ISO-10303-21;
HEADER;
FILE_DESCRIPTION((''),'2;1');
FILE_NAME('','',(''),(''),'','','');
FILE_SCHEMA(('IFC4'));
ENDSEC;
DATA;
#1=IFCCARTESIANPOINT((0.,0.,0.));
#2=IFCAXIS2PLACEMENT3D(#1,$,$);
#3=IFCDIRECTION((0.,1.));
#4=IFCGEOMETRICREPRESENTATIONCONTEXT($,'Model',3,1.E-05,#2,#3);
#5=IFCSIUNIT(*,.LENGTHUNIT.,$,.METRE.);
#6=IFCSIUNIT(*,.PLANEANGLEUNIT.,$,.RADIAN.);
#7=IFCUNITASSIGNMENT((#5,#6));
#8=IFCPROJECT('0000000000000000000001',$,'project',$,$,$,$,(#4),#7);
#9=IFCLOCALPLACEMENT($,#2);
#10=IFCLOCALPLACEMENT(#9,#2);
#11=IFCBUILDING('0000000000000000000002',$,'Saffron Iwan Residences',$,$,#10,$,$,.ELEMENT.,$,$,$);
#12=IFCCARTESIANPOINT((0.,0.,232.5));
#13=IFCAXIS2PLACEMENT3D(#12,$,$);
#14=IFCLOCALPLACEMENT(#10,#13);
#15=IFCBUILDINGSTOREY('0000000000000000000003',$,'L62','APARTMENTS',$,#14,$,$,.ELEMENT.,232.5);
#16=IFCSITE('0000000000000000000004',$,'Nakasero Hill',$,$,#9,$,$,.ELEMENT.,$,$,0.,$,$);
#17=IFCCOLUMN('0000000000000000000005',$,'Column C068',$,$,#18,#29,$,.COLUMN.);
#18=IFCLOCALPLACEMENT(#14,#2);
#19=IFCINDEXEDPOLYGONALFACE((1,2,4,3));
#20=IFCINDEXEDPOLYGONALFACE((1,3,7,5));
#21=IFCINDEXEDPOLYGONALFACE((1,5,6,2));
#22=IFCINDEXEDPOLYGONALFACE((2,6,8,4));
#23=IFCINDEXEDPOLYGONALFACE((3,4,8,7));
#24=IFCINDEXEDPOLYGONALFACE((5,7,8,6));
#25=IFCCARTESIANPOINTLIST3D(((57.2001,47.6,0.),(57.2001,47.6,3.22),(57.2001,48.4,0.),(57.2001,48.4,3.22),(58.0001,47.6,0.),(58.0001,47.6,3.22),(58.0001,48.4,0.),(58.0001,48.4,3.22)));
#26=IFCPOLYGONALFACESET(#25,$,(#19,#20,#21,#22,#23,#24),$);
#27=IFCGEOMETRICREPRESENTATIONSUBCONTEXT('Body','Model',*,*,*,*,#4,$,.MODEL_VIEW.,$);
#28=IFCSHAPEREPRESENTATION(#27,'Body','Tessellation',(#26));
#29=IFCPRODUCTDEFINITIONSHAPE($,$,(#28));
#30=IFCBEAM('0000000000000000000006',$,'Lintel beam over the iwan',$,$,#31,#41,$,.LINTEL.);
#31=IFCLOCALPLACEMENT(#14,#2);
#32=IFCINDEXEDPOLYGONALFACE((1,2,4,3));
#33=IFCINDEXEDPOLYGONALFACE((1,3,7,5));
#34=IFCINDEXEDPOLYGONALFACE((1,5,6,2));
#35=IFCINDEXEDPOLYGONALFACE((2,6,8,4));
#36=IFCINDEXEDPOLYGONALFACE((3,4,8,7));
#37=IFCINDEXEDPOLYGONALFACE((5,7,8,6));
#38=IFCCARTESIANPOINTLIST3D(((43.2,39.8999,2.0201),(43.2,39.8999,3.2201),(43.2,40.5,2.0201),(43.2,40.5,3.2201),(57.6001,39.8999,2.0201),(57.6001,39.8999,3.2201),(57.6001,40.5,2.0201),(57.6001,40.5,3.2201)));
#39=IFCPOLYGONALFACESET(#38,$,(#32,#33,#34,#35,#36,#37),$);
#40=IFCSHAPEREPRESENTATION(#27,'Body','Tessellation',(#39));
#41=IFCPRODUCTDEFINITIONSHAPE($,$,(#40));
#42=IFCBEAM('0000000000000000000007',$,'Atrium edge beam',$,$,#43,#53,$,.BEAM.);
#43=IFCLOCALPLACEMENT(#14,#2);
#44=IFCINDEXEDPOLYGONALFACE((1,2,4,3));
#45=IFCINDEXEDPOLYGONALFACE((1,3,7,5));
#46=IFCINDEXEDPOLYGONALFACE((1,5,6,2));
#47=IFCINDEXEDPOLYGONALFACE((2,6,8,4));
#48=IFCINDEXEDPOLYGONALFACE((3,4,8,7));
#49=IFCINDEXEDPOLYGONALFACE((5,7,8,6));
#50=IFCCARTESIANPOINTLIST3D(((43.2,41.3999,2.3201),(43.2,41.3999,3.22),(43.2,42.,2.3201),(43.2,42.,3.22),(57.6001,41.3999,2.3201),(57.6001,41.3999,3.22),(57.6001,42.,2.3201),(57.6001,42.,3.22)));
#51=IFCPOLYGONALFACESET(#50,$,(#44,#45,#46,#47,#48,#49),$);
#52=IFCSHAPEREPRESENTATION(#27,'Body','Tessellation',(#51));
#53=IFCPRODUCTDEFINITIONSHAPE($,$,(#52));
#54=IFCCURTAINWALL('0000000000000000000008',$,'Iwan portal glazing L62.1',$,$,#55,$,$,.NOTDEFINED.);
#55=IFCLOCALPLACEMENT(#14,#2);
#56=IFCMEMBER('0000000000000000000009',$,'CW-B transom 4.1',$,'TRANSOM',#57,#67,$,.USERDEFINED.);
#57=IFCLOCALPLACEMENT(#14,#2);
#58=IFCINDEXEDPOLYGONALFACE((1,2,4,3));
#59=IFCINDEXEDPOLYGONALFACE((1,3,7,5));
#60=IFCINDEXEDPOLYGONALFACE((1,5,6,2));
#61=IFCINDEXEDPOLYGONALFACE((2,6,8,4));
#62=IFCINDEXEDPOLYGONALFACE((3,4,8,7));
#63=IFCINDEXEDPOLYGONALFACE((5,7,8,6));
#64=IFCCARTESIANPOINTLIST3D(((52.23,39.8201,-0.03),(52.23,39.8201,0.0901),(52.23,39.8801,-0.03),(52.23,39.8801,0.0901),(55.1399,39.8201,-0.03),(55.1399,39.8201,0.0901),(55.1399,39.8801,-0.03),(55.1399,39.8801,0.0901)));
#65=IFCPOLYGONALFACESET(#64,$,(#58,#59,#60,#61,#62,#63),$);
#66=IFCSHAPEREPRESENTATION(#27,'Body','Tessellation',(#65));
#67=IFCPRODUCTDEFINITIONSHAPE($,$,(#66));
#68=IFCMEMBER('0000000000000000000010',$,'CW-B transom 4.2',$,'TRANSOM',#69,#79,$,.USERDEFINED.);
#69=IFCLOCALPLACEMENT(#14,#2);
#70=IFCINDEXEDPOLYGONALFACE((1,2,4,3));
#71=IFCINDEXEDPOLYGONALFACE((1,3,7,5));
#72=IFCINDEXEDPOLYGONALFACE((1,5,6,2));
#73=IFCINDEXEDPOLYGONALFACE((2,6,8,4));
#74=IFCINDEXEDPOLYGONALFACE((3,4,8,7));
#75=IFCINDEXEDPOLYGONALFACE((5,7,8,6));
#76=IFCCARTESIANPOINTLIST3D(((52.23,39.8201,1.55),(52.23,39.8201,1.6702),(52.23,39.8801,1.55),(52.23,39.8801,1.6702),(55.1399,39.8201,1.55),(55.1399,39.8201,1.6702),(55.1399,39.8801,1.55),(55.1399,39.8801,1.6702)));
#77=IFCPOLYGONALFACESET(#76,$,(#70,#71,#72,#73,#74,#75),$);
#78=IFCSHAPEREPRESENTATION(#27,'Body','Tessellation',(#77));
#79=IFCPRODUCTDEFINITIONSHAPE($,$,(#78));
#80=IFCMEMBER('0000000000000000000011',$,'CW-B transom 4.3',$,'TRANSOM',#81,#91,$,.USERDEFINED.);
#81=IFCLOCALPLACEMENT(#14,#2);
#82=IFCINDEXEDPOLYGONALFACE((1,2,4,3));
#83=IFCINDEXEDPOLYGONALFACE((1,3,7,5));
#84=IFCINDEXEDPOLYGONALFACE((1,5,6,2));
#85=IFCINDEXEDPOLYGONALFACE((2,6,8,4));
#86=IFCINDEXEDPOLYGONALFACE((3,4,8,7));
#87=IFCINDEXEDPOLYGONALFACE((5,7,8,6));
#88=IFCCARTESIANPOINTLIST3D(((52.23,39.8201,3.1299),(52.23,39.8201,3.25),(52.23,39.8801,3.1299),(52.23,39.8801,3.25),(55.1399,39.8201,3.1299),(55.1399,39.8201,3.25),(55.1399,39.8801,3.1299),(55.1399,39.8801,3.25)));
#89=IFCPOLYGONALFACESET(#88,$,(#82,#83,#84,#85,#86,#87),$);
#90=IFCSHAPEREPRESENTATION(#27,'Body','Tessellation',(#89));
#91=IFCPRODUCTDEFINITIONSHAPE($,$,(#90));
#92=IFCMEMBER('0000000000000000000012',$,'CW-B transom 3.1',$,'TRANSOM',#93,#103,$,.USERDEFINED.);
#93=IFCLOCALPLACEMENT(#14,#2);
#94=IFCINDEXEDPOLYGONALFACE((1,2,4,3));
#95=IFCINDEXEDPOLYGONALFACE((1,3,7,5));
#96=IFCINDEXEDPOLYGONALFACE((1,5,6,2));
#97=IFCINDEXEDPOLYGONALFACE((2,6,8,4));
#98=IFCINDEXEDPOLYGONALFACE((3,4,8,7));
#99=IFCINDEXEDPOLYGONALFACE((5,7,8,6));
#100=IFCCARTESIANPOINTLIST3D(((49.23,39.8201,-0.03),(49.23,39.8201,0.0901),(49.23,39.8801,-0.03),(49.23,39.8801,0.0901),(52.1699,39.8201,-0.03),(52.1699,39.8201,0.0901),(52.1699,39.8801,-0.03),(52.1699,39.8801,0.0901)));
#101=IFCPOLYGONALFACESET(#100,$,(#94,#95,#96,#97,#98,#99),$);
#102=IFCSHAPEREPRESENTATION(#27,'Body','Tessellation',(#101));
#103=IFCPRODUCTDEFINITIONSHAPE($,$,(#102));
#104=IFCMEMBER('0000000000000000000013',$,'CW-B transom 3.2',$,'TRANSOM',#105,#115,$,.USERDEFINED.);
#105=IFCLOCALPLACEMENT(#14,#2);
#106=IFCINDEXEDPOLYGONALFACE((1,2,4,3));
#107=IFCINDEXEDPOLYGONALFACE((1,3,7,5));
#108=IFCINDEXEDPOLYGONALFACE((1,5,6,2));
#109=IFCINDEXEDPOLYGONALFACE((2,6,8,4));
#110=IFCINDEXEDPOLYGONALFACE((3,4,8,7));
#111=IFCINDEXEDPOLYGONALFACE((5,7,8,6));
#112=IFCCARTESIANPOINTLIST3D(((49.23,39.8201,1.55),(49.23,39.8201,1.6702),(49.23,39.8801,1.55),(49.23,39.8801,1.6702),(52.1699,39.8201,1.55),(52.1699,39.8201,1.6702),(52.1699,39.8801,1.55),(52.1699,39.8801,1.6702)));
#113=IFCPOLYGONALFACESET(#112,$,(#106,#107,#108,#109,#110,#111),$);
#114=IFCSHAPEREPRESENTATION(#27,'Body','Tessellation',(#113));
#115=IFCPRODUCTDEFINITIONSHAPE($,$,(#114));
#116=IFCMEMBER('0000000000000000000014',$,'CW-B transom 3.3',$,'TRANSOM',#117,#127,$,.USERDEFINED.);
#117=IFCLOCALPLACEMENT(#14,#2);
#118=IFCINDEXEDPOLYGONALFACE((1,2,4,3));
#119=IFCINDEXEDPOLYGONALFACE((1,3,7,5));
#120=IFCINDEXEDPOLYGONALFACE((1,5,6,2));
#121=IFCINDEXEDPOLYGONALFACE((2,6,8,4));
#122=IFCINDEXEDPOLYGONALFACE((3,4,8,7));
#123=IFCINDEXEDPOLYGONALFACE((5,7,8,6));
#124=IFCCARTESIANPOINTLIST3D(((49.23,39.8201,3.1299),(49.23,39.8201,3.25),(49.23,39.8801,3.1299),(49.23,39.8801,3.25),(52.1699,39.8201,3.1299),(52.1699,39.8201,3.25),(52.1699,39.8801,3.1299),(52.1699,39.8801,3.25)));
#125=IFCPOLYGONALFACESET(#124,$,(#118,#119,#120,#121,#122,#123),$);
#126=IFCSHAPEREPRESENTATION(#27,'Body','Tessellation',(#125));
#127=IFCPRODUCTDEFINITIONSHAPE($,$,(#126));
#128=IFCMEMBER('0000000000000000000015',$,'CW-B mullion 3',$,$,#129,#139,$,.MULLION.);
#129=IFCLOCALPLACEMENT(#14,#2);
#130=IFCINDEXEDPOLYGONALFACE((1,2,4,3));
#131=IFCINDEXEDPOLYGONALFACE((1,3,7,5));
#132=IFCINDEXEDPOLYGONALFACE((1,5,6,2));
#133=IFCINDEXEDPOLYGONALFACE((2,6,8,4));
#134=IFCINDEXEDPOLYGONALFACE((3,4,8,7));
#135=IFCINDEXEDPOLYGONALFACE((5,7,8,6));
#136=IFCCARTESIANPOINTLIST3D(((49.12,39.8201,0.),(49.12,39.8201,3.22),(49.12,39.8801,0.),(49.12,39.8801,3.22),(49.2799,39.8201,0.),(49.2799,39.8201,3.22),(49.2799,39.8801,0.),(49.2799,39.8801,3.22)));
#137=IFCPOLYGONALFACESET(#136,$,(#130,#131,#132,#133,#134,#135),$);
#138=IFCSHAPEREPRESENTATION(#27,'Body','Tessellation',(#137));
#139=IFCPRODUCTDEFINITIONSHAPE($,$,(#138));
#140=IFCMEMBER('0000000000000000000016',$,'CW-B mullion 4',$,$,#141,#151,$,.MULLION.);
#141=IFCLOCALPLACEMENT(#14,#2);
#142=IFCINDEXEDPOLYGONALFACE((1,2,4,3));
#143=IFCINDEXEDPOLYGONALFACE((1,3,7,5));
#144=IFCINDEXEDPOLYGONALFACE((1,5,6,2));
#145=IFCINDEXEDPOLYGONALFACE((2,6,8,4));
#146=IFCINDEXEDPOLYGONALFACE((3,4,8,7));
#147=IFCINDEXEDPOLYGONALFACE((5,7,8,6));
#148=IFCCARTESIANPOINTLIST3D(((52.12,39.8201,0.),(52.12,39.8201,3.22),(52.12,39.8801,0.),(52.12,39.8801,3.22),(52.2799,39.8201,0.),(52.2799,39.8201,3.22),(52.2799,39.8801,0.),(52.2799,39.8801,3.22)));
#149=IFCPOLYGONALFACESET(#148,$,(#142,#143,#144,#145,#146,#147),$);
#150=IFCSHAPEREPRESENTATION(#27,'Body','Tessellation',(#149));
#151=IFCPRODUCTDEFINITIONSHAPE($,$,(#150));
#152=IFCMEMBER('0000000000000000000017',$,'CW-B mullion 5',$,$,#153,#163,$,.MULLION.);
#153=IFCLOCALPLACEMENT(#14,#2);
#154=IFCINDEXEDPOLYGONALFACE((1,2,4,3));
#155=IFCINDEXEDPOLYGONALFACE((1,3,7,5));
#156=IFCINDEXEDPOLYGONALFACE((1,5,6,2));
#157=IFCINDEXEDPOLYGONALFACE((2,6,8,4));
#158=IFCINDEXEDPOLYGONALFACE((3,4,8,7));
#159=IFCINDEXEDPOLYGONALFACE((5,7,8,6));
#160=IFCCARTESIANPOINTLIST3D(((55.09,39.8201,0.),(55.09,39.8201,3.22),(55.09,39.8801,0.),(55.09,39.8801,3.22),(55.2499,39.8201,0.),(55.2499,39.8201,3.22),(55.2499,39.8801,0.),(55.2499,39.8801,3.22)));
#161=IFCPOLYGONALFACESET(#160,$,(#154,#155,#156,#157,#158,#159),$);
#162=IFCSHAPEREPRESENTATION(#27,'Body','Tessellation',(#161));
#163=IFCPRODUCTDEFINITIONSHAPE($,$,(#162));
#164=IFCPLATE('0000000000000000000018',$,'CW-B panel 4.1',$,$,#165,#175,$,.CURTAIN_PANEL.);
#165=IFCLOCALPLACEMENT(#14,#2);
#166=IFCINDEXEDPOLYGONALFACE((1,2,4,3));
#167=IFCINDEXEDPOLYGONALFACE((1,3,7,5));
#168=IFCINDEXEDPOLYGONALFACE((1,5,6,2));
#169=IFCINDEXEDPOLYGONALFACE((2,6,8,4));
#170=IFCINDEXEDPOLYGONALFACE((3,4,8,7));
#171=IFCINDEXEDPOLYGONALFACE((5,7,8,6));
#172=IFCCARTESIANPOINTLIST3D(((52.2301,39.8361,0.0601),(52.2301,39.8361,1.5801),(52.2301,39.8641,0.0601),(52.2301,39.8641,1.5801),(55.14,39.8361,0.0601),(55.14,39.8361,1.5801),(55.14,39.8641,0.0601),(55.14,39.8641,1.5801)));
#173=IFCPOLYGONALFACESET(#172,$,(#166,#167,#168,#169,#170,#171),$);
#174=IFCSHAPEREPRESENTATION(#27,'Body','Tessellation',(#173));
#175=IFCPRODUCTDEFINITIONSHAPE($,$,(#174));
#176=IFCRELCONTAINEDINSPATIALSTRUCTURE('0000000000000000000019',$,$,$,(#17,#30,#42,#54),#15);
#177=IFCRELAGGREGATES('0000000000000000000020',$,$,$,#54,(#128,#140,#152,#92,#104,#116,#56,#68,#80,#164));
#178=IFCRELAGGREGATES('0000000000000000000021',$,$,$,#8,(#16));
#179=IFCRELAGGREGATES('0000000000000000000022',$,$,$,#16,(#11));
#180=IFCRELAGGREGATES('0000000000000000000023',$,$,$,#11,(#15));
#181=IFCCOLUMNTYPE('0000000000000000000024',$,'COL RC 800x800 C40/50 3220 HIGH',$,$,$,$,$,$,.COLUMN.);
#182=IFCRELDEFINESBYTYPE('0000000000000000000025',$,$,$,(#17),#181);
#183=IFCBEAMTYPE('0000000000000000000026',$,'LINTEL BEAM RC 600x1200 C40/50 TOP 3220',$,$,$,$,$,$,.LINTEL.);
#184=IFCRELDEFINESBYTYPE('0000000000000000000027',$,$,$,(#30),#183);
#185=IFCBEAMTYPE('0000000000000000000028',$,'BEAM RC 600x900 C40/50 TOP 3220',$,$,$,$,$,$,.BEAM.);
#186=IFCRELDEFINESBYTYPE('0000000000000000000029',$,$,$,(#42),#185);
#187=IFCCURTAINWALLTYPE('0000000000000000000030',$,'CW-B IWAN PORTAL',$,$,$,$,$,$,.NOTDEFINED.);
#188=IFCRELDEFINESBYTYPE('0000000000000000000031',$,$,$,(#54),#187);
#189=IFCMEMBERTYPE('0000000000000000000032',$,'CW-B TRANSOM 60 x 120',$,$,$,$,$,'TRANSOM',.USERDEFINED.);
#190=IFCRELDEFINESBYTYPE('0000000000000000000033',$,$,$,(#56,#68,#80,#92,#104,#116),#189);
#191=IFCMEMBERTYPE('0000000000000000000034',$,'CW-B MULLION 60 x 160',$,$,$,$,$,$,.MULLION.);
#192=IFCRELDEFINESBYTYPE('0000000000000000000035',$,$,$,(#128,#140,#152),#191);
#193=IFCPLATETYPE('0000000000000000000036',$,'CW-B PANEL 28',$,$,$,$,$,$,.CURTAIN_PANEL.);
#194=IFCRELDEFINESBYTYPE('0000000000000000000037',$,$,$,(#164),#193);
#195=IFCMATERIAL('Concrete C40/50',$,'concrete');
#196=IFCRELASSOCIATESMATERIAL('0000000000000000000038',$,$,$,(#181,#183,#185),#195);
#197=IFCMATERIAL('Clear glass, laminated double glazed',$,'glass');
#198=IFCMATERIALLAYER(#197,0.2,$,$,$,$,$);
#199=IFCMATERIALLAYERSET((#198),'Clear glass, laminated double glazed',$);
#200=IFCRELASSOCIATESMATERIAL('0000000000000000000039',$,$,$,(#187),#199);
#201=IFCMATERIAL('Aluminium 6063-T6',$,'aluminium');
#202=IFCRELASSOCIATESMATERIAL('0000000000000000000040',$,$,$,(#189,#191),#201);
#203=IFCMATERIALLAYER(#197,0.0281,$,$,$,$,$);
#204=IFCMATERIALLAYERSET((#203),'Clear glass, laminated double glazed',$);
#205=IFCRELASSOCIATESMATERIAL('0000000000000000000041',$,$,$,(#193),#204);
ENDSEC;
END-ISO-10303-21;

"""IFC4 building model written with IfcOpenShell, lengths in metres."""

from ifc_helpers import new_model, si_unit, direction, frame, origin, origin_2d, place, context, subcontext, project, spatial, rectangle, extrude, source, transform, mapped, material, layer, layer_set, material_profile, profile_set, type_object, element, aggregate, save


model = new_model("IFC4")

# Units and contexts
model_context = context("Model", 3, precision=1e-05, world=origin(), true_north=direction((0.0, 1.0)))
body_context = subcontext(model_context, "Body", "Model", "MODEL_VIEW")
ifc_project = project(units=[si_unit("LENGTHUNIT", "METRE"), si_unit("PLANEANGLEUNIT", "RADIAN")], contexts=[model_context])

# Site, building, storey
site_placement = place(None, origin())
site = spatial("IfcSite", under=ifc_project, at=site_placement, Name="Nakasero Hill", CompositionType="ELEMENT", RefElevation=0.0)
building_placement = place(site_placement, origin())
building = spatial("IfcBuilding", under=site, at=building_placement, Name="Saffron Iwan Residences", CompositionType="ELEMENT")
storey_placement = place(building_placement, frame((0.0, 0.0, 232.5)))
storey = spatial("IfcBuildingStorey", under=building, at=storey_placement, Name="L62", Description="APARTMENTS", CompositionType="ELEMENT", Elevation=232.5)

# Column
ifc_material_1 = material(Name="Concrete C40/50", Category="concrete")
ifc_material_profile_1 = material_profile(ifc_material_1, rectangle(XDim=0.8, YDim=0.8, at=origin_2d()), Name="RC 800x800")
ifc_profile_set_1 = profile_set([ifc_material_profile_1], Name="Concrete C40/50")
column_type = type_object("IfcColumnType", Name="COL RC 800x800 C40/50 3220 HIGH", PredefinedType="COLUMN", material=ifc_profile_set_1)
shared_shape_1 = source(origin(), body_context, "Body", "SweptSolid", [
    extrude(rectangle(XDim=0.8, YDim=0.8, at=origin_2d()), origin(), (0.0, 0.0, 1.0), 3.22),
])
column_placement = place(storey_placement, frame((57.6001, 48.0, 0.0), z_axis=(0.0, 0.0, 1.0), x_axis=(1.0, 0.0, 0.0)))
element("IfcColumn", 1, at=column_placement, inside=storey, type_object=column_type, Name="Column C068", PredefinedType="COLUMN", context=body_context, shape_type="MappedRepresentation", body=[
    mapped(shared_shape_1, transform((0.0, 0.0, 0.0))),
])

# Beams
ifc_material_profile_2 = material_profile(ifc_material_1, rectangle(XDim=0.6001, YDim=1.2, at=origin_2d()), Name="RC 600x1200")
ifc_profile_set_2 = profile_set([ifc_material_profile_2], Name="Concrete C40/50")
beam_type_1 = type_object("IfcBeamType", Name="LINTEL BEAM RC 600x1200 C40/50 TOP 3220", PredefinedType="LINTEL", material=ifc_profile_set_2)
shared_shape_2 = source(origin(), body_context, "Body", "SweptSolid", [
    extrude(rectangle(XDim=0.6001, YDim=1.2, at=origin_2d()), origin(), (0.0, 0.0, 1.0), 14.4001),
])
beam_1_placement = place(storey_placement, frame((57.6001, 40.2, 2.6201), z_axis=(-1.0, 0.0, 0.0), x_axis=(0.0, -1.0, 0.0)))
element("IfcBeam", 2, at=beam_1_placement, inside=storey, type_object=beam_type_1, Name="Lintel beam over the iwan", PredefinedType="LINTEL", context=body_context, shape_type="MappedRepresentation", body=[
    mapped(shared_shape_2, transform((0.0, 0.0, 0.0))),
])
ifc_material_profile_3 = material_profile(ifc_material_1, rectangle(XDim=0.6001, YDim=0.8999, at=origin_2d()), Name="RC 600x900")
ifc_profile_set_3 = profile_set([ifc_material_profile_3], Name="Concrete C40/50")
beam_type_2 = type_object("IfcBeamType", Name="BEAM RC 600x900 C40/50 TOP 3220", PredefinedType="BEAM", material=ifc_profile_set_3)
shared_shape_3 = source(origin(), body_context, "Body", "SweptSolid", [
    extrude(rectangle(XDim=0.6001, YDim=0.8999, at=origin_2d()), origin(), (0.0, 0.0, 1.0), 14.4001),
])
beam_2_placement = place(storey_placement, frame((57.6001, 41.7, 2.77), z_axis=(-1.0, 0.0, 0.0), x_axis=(0.0, -1.0, 0.0)))
element("IfcBeam", 3, at=beam_2_placement, inside=storey, type_object=beam_type_2, Name="Atrium edge beam", PredefinedType="BEAM", context=body_context, shape_type="MappedRepresentation", body=[
    mapped(shared_shape_3, transform((0.0, 0.0, 0.0))),
])

# Curtain wall, members, plate
ifc_material_2 = material(Name="Clear glass, laminated double glazed", Category="glass")
ifc_layer_1 = layer(ifc_material_2, 0.2)
ifc_layer_set_1 = layer_set([ifc_layer_1], Name="Clear glass, laminated double glazed")
curtain_wall_type = type_object("IfcCurtainWallType", Name="CW-B IWAN PORTAL", PredefinedType="NOTDEFINED", material=ifc_layer_set_1)
curtain_wall_placement = place(storey_placement, origin())
curtain_wall = element("IfcCurtainWall", 4, at=curtain_wall_placement, inside=storey, type_object=curtain_wall_type, Name="Iwan portal glazing L62.1", PredefinedType="NOTDEFINED")
ifc_material_3 = material(Name="Aluminium 6063-T6", Category="aluminium")
ifc_material_profile_4 = material_profile(ifc_material_3, rectangle(XDim=0.0601, YDim=0.1201, at=origin_2d()), Name="CW-B TRANSOM 60 x 120")
ifc_profile_set_4 = profile_set([ifc_material_profile_4], Name="Aluminium 6063-T6")
member_type_1 = type_object("IfcMemberType", Name="CW-B TRANSOM 60 x 120", ElementType="TRANSOM", PredefinedType="USERDEFINED", material=ifc_profile_set_4)
shared_shape_4 = source(origin(), body_context, "Body", "SweptSolid", [
    extrude(rectangle(XDim=0.0601, YDim=0.1201, at=origin_2d()), origin(), (0.0, 0.0, 1.0), 2.9099),
])
member_1_placement = place(storey_placement, frame((52.23, 39.8501, 0.03), z_axis=(1.0, 0.0, 0.0), x_axis=(0.0, 1.0, 0.0)))
member_1 = element("IfcMember", 5, at=member_1_placement, type_object=member_type_1, Name="CW-B transom 4.1", ObjectType="TRANSOM", PredefinedType="USERDEFINED", context=body_context, shape_type="MappedRepresentation", body=[
    mapped(shared_shape_4, transform((0.0, 0.0, 0.0))),
])
member_2_placement = place(storey_placement, frame((52.23, 39.8501, 1.6101), z_axis=(1.0, 0.0, 0.0), x_axis=(0.0, 1.0, 0.0)))
member_2 = element("IfcMember", 6, at=member_2_placement, type_object=member_type_1, Name="CW-B transom 4.2", ObjectType="TRANSOM", PredefinedType="USERDEFINED", context=body_context, shape_type="MappedRepresentation", body=[
    mapped(shared_shape_4, transform((0.0, 0.0, 0.0))),
])
member_3_placement = place(storey_placement, frame((52.23, 39.8501, 3.1899), z_axis=(1.0, 0.0, 0.0), x_axis=(0.0, 1.0, 0.0)))
member_3 = element("IfcMember", 7, at=member_3_placement, type_object=member_type_1, Name="CW-B transom 4.3", ObjectType="TRANSOM", PredefinedType="USERDEFINED", context=body_context, shape_type="MappedRepresentation", body=[
    mapped(shared_shape_4, transform((0.0, 0.0, 0.0))),
])
shared_shape_5 = source(origin(), body_context, "Body", "SweptSolid", [
    extrude(rectangle(XDim=0.0601, YDim=0.1201, at=origin_2d()), origin(), (0.0, 0.0, 1.0), 2.9399),
])
member_4_placement = place(storey_placement, frame((49.23, 39.8501, 0.03), z_axis=(1.0, 0.0, 0.0), x_axis=(0.0, 1.0, 0.0)))
member_4 = element("IfcMember", 8, at=member_4_placement, type_object=member_type_1, Name="CW-B transom 3.1", ObjectType="TRANSOM", PredefinedType="USERDEFINED", context=body_context, shape_type="MappedRepresentation", body=[
    mapped(shared_shape_5, transform((0.0, 0.0, 0.0))),
])
member_5_placement = place(storey_placement, frame((49.23, 39.8501, 1.6101), z_axis=(1.0, 0.0, 0.0), x_axis=(0.0, 1.0, 0.0)))
member_5 = element("IfcMember", 9, at=member_5_placement, type_object=member_type_1, Name="CW-B transom 3.2", ObjectType="TRANSOM", PredefinedType="USERDEFINED", context=body_context, shape_type="MappedRepresentation", body=[
    mapped(shared_shape_5, transform((0.0, 0.0, 0.0))),
])
member_6_placement = place(storey_placement, frame((49.23, 39.8501, 3.1899), z_axis=(1.0, 0.0, 0.0), x_axis=(0.0, 1.0, 0.0)))
member_6 = element("IfcMember", 10, at=member_6_placement, type_object=member_type_1, Name="CW-B transom 3.3", ObjectType="TRANSOM", PredefinedType="USERDEFINED", context=body_context, shape_type="MappedRepresentation", body=[
    mapped(shared_shape_5, transform((0.0, 0.0, 0.0))),
])
ifc_material_profile_5 = material_profile(ifc_material_3, rectangle(XDim=0.0601, YDim=0.1599, at=origin_2d()), Name="CW-B MULLION 60 x 160")
ifc_profile_set_5 = profile_set([ifc_material_profile_5], Name="Aluminium 6063-T6")
member_type_2 = type_object("IfcMemberType", Name="CW-B MULLION 60 x 160", PredefinedType="MULLION", material=ifc_profile_set_5)
shared_shape_6 = source(origin(), body_context, "Body", "SweptSolid", [
    extrude(rectangle(XDim=0.0601, YDim=0.1599, at=origin_2d()), origin(), (0.0, 0.0, 1.0), 3.22),
])
member_7_placement = place(storey_placement, frame((49.2, 39.8501, 0.0), z_axis=(0.0, 0.0, 1.0), x_axis=(0.0, 1.0, 0.0)))
member_7 = element("IfcMember", 11, at=member_7_placement, type_object=member_type_2, Name="CW-B mullion 3", PredefinedType="MULLION", context=body_context, shape_type="MappedRepresentation", body=[
    mapped(shared_shape_6, transform((0.0, 0.0, 0.0))),
])
member_8_placement = place(storey_placement, frame((52.2, 39.8501, 0.0), z_axis=(0.0, 0.0, 1.0), x_axis=(0.0, 1.0, 0.0)))
member_8 = element("IfcMember", 12, at=member_8_placement, type_object=member_type_2, Name="CW-B mullion 4", PredefinedType="MULLION", context=body_context, shape_type="MappedRepresentation", body=[
    mapped(shared_shape_6, transform((0.0, 0.0, 0.0))),
])
member_9_placement = place(storey_placement, frame((55.1699, 39.8501, 0.0), z_axis=(0.0, 0.0, 1.0), x_axis=(0.0, 1.0, 0.0)))
member_9 = element("IfcMember", 13, at=member_9_placement, type_object=member_type_2, Name="CW-B mullion 5", PredefinedType="MULLION", context=body_context, shape_type="MappedRepresentation", body=[
    mapped(shared_shape_6, transform((0.0, 0.0, 0.0))),
])
ifc_layer_2 = layer(ifc_material_2, 0.0281)
ifc_layer_set_2 = layer_set([ifc_layer_2], Name="Clear glass, laminated double glazed")
plate_type = type_object("IfcPlateType", Name="CW-B PANEL 28", PredefinedType="CURTAIN_PANEL", material=ifc_layer_set_2)
shared_shape_7 = source(origin(), body_context, "Body", "SweptSolid", [
    extrude(rectangle(XDim=2.9099, YDim=0.0281, at=origin_2d()), origin(), (0.0, 0.0, 1.0), 1.52),
])
plate_1_placement = place(storey_placement, frame((53.6851, 39.8501, 0.0601), z_axis=(0.0, 0.0, 1.0), x_axis=(1.0, 0.0, 0.0)))
plate_1 = element("IfcPlate", 14, at=plate_1_placement, type_object=plate_type, Name="CW-B panel 4.1", PredefinedType="CURTAIN_PANEL", context=body_context, shape_type="MappedRepresentation", body=[
    mapped(shared_shape_7, transform((0.0, 0.0, 0.0))),
])
aggregate(curtain_wall, [member_7, member_8, member_9, member_4, member_5, member_6, member_1, member_2, member_3, plate_1])

save(model, "model.ifc")
